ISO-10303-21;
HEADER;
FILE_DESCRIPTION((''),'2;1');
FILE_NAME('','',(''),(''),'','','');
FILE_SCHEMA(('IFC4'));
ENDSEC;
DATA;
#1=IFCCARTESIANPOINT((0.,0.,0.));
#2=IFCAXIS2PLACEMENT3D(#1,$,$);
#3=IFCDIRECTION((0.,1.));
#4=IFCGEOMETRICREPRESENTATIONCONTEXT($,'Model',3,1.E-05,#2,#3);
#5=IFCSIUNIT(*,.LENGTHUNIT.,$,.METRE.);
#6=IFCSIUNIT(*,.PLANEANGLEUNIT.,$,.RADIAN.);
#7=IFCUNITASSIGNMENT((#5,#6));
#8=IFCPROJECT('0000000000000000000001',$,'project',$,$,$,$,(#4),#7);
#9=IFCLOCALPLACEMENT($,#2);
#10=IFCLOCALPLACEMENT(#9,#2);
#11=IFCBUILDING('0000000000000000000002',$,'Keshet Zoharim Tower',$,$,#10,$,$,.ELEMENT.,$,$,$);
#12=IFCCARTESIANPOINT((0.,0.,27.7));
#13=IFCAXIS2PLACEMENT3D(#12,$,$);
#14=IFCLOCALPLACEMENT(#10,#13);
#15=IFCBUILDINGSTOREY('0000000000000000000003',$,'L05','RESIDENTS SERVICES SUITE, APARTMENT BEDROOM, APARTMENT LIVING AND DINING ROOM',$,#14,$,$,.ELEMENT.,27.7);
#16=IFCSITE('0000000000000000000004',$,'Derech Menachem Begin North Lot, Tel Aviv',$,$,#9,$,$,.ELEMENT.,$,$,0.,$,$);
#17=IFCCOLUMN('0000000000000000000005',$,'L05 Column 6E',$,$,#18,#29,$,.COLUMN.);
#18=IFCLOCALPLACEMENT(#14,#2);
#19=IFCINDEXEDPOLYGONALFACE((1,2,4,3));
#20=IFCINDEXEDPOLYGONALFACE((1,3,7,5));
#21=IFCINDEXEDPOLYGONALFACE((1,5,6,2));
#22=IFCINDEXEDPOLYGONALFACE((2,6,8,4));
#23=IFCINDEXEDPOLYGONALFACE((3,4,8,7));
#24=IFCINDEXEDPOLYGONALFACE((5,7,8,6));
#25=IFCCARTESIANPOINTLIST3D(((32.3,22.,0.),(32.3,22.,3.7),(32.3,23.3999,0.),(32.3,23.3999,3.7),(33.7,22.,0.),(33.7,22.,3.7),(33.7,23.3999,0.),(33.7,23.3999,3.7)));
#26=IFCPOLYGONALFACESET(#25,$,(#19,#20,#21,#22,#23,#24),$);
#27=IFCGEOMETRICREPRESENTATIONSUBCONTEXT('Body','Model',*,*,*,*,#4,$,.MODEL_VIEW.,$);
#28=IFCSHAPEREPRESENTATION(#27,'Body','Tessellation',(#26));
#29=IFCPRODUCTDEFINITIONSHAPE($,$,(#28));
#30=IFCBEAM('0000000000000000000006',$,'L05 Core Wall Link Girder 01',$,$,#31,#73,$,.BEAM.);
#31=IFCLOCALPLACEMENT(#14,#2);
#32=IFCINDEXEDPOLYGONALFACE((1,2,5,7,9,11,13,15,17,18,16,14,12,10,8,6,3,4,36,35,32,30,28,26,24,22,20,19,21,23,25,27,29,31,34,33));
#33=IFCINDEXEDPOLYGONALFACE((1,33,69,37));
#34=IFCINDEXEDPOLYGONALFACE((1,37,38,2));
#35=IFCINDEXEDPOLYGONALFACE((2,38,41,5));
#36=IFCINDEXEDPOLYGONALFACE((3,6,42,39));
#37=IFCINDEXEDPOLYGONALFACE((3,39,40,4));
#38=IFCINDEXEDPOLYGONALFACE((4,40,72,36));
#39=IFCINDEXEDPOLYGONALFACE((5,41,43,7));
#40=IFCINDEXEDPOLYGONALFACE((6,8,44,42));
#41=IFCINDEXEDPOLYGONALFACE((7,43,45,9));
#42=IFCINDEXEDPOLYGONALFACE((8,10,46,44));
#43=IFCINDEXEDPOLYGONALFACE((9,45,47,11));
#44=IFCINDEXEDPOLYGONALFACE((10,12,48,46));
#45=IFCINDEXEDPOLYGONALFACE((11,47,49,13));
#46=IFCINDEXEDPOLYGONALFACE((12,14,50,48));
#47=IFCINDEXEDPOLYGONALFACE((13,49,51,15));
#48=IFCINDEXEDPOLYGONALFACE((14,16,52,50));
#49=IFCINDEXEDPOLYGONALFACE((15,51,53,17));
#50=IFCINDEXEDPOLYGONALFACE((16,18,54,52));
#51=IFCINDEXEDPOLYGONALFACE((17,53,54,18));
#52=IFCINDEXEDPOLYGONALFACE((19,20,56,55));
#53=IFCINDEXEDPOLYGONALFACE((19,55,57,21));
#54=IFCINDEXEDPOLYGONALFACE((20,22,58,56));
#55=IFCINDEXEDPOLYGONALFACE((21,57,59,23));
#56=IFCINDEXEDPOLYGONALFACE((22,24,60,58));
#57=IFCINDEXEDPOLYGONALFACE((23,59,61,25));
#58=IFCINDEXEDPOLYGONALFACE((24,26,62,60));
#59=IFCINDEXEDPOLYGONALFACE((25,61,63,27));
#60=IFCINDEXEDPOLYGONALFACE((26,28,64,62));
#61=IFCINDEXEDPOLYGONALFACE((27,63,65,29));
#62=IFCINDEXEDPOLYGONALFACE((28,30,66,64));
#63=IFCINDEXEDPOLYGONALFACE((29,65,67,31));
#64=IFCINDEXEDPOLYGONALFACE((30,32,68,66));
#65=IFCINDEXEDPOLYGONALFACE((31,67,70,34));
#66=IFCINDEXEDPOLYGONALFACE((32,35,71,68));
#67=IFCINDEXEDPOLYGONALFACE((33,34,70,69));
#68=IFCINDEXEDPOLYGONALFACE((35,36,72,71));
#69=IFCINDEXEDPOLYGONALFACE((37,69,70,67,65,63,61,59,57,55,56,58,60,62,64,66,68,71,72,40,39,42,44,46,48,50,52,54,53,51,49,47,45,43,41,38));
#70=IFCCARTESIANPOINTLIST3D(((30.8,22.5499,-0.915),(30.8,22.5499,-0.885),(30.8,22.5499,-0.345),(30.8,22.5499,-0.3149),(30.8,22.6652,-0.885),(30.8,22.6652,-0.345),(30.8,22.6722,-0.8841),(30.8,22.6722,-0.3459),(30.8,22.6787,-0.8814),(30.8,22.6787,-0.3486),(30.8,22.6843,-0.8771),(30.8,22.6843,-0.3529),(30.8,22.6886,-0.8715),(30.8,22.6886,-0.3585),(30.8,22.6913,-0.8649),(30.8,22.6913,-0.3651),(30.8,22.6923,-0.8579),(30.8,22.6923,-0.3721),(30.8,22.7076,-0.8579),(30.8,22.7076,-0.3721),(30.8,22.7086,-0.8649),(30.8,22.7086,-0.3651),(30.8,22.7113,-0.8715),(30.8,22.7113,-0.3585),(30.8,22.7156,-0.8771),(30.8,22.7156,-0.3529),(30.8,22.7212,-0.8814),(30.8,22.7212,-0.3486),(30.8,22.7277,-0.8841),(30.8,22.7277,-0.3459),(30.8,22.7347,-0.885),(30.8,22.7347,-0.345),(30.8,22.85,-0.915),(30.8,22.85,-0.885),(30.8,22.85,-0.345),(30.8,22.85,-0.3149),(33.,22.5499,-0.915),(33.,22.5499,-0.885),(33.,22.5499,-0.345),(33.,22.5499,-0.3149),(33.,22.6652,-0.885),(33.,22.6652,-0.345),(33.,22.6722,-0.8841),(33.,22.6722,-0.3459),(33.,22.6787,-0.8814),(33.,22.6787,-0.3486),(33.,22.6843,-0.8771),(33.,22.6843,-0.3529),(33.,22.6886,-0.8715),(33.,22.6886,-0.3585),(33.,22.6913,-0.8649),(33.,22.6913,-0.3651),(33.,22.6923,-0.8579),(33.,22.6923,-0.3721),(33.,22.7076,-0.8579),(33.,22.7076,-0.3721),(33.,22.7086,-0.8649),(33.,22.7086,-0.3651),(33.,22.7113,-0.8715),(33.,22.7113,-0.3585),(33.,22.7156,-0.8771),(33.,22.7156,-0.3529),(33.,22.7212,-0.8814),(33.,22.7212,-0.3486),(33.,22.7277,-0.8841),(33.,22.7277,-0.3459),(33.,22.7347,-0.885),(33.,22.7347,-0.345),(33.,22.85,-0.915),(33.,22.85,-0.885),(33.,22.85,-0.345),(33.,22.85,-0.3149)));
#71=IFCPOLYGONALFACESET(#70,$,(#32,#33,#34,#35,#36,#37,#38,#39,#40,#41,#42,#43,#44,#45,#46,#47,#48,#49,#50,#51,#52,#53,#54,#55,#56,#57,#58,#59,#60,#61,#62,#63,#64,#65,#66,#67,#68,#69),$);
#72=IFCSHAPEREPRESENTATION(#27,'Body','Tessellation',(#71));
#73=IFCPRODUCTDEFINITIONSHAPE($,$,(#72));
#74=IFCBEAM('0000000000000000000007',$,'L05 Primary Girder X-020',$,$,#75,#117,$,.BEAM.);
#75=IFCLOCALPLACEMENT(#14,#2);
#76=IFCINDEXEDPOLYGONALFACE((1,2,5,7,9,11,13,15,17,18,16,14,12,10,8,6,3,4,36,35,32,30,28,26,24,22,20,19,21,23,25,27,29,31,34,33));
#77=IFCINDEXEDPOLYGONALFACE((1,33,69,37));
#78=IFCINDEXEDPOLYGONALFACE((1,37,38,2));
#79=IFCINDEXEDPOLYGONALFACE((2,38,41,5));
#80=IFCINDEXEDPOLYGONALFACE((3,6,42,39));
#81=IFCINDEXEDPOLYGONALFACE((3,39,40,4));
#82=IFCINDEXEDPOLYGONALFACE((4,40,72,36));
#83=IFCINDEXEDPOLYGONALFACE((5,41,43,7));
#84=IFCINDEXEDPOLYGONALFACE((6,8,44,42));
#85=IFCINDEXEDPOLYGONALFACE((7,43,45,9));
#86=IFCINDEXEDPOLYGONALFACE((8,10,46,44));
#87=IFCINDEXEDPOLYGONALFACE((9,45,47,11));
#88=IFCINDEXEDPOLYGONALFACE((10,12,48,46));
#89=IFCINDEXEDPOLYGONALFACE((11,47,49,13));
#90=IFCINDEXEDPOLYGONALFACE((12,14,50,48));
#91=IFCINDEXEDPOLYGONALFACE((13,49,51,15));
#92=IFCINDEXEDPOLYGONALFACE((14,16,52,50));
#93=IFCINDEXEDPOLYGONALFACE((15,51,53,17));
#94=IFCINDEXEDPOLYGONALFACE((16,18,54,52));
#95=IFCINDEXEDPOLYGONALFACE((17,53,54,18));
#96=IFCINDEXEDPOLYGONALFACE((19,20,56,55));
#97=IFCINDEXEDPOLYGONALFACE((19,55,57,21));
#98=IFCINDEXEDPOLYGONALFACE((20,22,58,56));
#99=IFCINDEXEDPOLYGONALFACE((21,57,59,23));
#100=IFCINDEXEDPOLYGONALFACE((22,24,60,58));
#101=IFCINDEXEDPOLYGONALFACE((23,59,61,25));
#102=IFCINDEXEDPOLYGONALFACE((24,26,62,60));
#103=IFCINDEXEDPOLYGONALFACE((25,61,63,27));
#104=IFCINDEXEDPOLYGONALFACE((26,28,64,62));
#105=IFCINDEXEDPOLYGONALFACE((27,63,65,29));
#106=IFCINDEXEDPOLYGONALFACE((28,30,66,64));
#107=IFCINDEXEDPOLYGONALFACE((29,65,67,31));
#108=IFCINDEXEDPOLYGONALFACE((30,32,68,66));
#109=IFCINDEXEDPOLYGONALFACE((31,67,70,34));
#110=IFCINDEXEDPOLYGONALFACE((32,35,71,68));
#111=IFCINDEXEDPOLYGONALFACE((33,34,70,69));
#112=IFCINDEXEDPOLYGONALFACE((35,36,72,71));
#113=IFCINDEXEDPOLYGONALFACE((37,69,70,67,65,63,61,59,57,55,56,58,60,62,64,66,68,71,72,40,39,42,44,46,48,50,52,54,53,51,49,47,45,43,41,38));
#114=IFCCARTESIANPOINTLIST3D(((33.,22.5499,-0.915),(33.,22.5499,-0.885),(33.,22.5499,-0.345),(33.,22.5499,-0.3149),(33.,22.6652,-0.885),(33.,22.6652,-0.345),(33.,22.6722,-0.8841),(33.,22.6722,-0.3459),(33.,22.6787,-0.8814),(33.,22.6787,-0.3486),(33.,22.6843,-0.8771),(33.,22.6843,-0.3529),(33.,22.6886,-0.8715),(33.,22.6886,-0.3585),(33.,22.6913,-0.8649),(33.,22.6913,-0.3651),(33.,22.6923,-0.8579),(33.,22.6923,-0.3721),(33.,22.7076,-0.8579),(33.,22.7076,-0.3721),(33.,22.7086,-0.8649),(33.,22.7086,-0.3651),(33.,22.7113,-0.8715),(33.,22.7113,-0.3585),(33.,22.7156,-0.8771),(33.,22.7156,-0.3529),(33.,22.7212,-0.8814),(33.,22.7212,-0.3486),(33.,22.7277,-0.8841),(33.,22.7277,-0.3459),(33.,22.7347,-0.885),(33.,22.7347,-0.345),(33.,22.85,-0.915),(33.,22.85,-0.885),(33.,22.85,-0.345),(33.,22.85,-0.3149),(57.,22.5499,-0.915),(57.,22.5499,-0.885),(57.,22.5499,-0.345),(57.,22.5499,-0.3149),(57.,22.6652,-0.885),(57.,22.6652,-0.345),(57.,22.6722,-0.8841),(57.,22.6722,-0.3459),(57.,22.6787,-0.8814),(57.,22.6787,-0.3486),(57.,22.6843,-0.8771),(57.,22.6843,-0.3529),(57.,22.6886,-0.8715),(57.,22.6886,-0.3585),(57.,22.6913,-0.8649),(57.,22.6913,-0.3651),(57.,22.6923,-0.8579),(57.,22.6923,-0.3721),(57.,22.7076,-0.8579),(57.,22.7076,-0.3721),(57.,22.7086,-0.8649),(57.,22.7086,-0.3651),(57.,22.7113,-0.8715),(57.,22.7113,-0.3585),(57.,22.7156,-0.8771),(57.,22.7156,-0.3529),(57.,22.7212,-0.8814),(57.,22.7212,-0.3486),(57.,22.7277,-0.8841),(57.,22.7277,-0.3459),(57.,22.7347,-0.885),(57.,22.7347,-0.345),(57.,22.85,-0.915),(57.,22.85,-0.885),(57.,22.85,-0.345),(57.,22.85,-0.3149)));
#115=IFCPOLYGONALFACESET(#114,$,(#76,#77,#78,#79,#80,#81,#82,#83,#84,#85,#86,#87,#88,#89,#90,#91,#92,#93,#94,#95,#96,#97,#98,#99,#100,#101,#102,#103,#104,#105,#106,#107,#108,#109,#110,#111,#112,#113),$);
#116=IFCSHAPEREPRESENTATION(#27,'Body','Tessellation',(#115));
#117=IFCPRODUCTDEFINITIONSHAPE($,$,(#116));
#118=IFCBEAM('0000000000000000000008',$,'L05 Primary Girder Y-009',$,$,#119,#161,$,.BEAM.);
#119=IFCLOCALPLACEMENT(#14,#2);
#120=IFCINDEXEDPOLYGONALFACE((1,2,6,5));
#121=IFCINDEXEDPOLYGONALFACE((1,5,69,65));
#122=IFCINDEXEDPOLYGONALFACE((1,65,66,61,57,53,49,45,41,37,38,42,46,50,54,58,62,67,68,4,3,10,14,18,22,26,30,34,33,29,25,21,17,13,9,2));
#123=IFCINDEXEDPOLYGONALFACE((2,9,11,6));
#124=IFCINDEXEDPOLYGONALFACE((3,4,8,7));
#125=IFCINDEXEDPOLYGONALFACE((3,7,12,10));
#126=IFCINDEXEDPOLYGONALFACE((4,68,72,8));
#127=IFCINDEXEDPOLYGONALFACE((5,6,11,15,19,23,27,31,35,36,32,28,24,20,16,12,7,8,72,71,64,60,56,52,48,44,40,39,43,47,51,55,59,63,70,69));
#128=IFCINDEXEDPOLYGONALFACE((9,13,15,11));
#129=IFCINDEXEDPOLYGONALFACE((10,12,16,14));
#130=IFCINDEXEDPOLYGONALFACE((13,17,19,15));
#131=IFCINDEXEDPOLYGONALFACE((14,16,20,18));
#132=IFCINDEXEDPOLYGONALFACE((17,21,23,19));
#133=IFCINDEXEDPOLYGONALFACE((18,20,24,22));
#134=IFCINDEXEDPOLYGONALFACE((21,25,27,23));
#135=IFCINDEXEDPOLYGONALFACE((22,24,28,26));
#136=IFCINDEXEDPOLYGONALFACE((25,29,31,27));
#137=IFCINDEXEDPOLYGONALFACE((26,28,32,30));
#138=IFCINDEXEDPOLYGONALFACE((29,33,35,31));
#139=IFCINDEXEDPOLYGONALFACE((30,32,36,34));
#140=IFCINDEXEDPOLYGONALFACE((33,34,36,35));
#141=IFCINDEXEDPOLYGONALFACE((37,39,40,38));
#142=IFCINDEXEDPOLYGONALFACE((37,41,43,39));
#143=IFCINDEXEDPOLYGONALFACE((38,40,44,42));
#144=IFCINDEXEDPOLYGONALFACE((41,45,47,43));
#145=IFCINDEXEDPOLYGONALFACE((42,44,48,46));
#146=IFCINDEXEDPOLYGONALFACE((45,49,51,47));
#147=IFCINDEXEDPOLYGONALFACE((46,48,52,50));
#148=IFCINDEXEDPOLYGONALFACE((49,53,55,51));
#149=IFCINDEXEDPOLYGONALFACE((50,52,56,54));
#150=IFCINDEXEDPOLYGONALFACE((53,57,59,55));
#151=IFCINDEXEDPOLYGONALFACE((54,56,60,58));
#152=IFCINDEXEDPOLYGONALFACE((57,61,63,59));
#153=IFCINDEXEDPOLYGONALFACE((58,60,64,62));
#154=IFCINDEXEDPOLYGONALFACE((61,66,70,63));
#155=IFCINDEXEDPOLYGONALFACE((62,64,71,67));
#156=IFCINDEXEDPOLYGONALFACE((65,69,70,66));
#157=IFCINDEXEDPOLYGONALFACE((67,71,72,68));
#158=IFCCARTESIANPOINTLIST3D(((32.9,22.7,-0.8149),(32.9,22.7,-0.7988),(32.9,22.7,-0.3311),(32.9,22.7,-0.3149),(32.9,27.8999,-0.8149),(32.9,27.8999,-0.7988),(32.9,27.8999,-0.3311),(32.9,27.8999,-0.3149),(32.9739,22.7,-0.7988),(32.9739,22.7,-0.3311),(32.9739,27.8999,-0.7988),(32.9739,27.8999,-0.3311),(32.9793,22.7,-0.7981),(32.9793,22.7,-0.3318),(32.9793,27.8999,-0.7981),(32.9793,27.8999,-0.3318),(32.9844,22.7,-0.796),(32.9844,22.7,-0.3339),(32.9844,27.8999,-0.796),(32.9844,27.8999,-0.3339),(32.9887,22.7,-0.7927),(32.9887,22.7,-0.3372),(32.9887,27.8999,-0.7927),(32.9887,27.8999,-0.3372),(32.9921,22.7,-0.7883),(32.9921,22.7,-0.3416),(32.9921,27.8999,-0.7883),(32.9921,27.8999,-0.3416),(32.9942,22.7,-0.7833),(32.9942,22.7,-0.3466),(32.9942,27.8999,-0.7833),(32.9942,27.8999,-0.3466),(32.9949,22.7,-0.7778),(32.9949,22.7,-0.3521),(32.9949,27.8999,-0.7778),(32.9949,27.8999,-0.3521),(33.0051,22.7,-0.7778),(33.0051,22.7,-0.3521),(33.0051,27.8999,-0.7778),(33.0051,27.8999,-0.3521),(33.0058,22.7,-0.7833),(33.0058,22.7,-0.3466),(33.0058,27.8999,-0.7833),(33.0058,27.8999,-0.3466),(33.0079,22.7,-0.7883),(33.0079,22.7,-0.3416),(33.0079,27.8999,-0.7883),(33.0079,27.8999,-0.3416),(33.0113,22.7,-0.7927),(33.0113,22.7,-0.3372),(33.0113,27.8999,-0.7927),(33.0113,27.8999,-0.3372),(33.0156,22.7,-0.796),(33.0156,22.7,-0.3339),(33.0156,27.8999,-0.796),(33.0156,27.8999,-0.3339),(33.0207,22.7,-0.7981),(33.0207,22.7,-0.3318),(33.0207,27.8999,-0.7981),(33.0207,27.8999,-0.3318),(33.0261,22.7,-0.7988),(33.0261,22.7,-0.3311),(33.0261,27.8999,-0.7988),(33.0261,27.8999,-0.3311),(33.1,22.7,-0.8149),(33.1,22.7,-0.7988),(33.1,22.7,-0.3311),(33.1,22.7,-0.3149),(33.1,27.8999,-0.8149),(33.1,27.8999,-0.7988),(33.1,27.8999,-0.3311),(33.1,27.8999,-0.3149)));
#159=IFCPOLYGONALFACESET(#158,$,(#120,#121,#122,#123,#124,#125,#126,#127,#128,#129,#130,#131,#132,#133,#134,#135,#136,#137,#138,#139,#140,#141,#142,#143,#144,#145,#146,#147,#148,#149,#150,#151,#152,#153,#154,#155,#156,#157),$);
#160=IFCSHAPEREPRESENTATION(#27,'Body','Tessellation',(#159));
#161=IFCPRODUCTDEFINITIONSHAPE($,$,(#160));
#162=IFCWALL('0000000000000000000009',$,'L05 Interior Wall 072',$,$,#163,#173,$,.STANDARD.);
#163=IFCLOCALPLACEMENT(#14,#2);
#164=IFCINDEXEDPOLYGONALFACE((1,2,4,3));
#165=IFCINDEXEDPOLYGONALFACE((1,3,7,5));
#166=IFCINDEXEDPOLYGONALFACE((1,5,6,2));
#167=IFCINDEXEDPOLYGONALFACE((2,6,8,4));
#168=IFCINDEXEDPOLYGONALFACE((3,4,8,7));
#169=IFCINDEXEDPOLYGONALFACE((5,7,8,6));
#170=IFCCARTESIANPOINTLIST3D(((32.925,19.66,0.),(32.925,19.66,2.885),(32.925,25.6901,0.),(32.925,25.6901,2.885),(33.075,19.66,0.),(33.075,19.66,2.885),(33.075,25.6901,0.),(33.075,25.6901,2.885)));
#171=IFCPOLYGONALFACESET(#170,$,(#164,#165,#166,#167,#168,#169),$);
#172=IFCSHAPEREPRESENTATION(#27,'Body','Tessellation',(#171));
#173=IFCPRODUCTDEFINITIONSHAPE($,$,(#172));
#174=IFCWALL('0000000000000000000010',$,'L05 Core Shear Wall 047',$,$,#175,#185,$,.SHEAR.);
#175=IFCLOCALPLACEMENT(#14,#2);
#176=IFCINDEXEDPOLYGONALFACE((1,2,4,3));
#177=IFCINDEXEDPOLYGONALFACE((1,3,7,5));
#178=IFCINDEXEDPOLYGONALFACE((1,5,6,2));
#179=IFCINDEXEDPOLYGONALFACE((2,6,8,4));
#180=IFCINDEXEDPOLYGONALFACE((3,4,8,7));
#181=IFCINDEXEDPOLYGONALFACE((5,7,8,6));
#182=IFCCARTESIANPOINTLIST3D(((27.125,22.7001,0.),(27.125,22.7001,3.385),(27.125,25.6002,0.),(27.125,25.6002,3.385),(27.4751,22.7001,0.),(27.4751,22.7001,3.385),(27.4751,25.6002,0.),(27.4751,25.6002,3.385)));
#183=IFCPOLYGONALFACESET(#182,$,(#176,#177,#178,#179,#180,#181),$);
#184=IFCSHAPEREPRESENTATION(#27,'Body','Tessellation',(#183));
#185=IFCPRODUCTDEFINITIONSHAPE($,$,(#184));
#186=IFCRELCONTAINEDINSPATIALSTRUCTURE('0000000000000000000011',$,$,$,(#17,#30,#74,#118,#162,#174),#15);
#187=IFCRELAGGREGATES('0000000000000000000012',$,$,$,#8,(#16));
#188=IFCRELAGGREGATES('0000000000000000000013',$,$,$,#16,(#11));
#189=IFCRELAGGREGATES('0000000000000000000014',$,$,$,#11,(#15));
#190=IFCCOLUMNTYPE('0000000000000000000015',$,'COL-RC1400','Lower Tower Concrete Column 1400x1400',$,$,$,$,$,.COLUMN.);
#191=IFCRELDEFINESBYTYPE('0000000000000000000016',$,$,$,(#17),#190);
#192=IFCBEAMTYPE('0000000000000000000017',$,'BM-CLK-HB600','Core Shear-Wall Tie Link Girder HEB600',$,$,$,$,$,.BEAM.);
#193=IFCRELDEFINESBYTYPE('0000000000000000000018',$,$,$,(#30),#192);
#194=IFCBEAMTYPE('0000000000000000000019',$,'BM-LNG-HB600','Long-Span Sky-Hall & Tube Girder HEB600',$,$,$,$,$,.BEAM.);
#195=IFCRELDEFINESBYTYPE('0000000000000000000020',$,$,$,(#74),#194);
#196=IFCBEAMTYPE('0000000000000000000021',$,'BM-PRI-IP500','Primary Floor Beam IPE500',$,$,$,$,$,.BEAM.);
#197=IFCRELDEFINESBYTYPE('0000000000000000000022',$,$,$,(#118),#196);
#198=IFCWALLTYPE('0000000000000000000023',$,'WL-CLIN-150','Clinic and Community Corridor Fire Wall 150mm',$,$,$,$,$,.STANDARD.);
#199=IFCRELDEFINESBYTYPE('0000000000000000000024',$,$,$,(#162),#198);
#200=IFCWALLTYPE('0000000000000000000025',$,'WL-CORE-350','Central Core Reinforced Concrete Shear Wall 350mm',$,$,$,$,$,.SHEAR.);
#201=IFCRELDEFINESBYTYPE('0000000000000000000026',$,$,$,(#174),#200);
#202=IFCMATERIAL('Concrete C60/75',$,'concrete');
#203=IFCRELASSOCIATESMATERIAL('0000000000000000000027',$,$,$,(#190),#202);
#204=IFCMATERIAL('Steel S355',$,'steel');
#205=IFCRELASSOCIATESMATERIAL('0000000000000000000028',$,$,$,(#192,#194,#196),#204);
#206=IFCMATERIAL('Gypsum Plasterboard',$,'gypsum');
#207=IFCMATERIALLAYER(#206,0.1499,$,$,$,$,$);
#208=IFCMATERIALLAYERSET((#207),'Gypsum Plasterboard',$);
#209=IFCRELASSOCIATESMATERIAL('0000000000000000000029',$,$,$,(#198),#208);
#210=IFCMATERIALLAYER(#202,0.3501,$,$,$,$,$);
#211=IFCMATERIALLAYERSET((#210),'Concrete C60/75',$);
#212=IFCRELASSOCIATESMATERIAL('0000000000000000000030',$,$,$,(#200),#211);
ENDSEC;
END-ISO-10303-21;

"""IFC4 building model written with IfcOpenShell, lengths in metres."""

from ifc_helpers import new_model, si_unit, direction, frame, frame_2d, origin, origin_2d, place, context, subcontext, project, spatial, rectangle, i_section, extrude, material, layer, layer_set, material_profile, profile_set, type_object, element, save


model = new_model("IFC4")

# Units and contexts
model_context = context("Model", 3, precision=1e-05, world=origin(), true_north=direction((0.0, 1.0)))
body_context = subcontext(model_context, "Body", "Model", "MODEL_VIEW")
ifc_project = project(units=[si_unit("LENGTHUNIT", "METRE"), si_unit("PLANEANGLEUNIT", "RADIAN")], contexts=[model_context])

# Site, building, storey
site_placement = place(None, origin())
site = spatial("IfcSite", under=ifc_project, at=site_placement, Name="Derech Menachem Begin North Lot, Tel Aviv", CompositionType="ELEMENT", RefElevation=0.0)
building_placement = place(site_placement, origin())
building = spatial("IfcBuilding", under=site, at=building_placement, Name="Keshet Zoharim Tower", CompositionType="ELEMENT")
storey_placement = place(building_placement, frame((0.0, 0.0, 27.7)))
storey = spatial("IfcBuildingStorey", under=building, at=storey_placement, Name="L05", Description="RESIDENTS SERVICES SUITE, APARTMENT BEDROOM, APARTMENT LIVING AND DINING ROOM", CompositionType="ELEMENT", Elevation=27.7)

# Column
ifc_material_1 = material(Name="Concrete C60/75", Category="concrete")
ifc_material_profile_1 = material_profile(ifc_material_1, rectangle(XDim=1.3999, YDim=1.3999, at=origin_2d()), Name="RC1400x1400")
ifc_profile_set_1 = profile_set([ifc_material_profile_1], Name="Concrete C60/75")
column_type = type_object("IfcColumnType", Name="COL-RC1400", Description="Lower Tower Concrete Column 1400x1400", PredefinedType="COLUMN", material=ifc_profile_set_1)
column_placement = place(storey_placement, frame((33.0, 22.7, 0.0), z_axis=(0.0, 0.0, 1.0), x_axis=(1.0, 0.0, 0.0)))
element("IfcColumn", 1, at=column_placement, inside=storey, type_object=column_type, Name="L05 Column 6E", PredefinedType="COLUMN", context=body_context, shape_type="SweptSolid", body=[
    extrude(rectangle(XDim=1.3999, YDim=1.3999, at=origin_2d()), origin(), (0.0, 0.0, 1.0), 3.7),
])

# Beams
ifc_material_2 = material(Name="Steel S355", Category="steel")
ifc_material_profile_2 = material_profile(ifc_material_2, i_section(OverallWidth=0.3, OverallDepth=0.6001, WebThickness=0.0154, FlangeThickness=0.03, FilletRadius=0.0271, at=origin_2d()), Name="HEB600")
ifc_profile_set_2 = profile_set([ifc_material_profile_2], Name="Steel S355")
beam_type_1 = type_object("IfcBeamType", Name="BM-CLK-HB600", Description="Core Shear-Wall Tie Link Girder HEB600", PredefinedType="BEAM", material=ifc_profile_set_2)
beam_1_placement = place(storey_placement, frame((30.8, 22.7, -0.615), z_axis=(1.0, 0.0, 0.0), x_axis=(0.0, 1.0, 0.0)))
element("IfcBeam", 2, at=beam_1_placement, inside=storey, type_object=beam_type_1, Name="L05 Core Wall Link Girder 01", PredefinedType="BEAM", context=body_context, shape_type="SweptSolid", body=[
    extrude(i_section(OverallWidth=0.3, OverallDepth=0.6001, WebThickness=0.0154, FlangeThickness=0.03, FilletRadius=0.0271, at=origin_2d()), origin(), (0.0, 0.0, 1.0), 2.2),
])
ifc_material_profile_3 = material_profile(ifc_material_2, i_section(OverallWidth=0.3, OverallDepth=0.6001, WebThickness=0.0154, FlangeThickness=0.03, FilletRadius=0.0271, at=origin_2d()), Name="HEB600")
ifc_profile_set_3 = profile_set([ifc_material_profile_3], Name="Steel S355")
beam_type_2 = type_object("IfcBeamType", Name="BM-LNG-HB600", Description="Long-Span Sky-Hall & Tube Girder HEB600", PredefinedType="BEAM", material=ifc_profile_set_3)
beam_2_placement = place(storey_placement, frame((33.0, 22.7, -0.615), z_axis=(1.0, 0.0, 0.0), x_axis=(0.0, 1.0, 0.0)))
element("IfcBeam", 3, at=beam_2_placement, inside=storey, type_object=beam_type_2, Name="L05 Primary Girder X-020", PredefinedType="BEAM", context=body_context, shape_type="SweptSolid", body=[
    extrude(i_section(OverallWidth=0.3, OverallDepth=0.6001, WebThickness=0.0154, FlangeThickness=0.03, FilletRadius=0.0271, at=origin_2d()), origin(), (0.0, 0.0, 1.0), 24.0),
])
ifc_material_profile_4 = material_profile(ifc_material_2, i_section(OverallWidth=0.2, OverallDepth=0.5, WebThickness=0.0103, FlangeThickness=0.0161, FilletRadius=0.021, at=origin_2d()), Name="IPE500")
ifc_profile_set_4 = profile_set([ifc_material_profile_4], Name="Steel S355")
beam_type_3 = type_object("IfcBeamType", Name="BM-PRI-IP500", Description="Primary Floor Beam IPE500", PredefinedType="BEAM", material=ifc_profile_set_4)
beam_3_placement = place(storey_placement, frame((33.0, 22.7, -0.5649), z_axis=(0.0, 1.0, 0.0), x_axis=(-1.0, 0.0, 0.0)))
element("IfcBeam", 4, at=beam_3_placement, inside=storey, type_object=beam_type_3, Name="L05 Primary Girder Y-009", PredefinedType="BEAM", context=body_context, shape_type="SweptSolid", body=[
    extrude(i_section(OverallWidth=0.2, OverallDepth=0.5, WebThickness=0.0103, FlangeThickness=0.0161, FilletRadius=0.021, at=origin_2d()), origin(), (0.0, 0.0, 1.0), 5.2),
])

# Wall
ifc_material_3 = material(Name="Gypsum Plasterboard", Category="gypsum")
ifc_layer_1 = layer(ifc_material_3, 0.1499)
ifc_layer_set_1 = layer_set([ifc_layer_1], Name="Gypsum Plasterboard")
wall_type_1 = type_object("IfcWallType", Name="WL-CLIN-150", Description="Clinic and Community Corridor Fire Wall 150mm", PredefinedType="STANDARD", material=ifc_layer_set_1)
wall_1_placement = place(storey_placement, frame((33.0, 19.6599, 0.0), z_axis=(0.0, 0.0, 1.0), x_axis=(0.0, 1.0, 0.0)))
element("IfcWall", 5, at=wall_1_placement, inside=storey, type_object=wall_type_1, Name="L05 Interior Wall 072", PredefinedType="STANDARD", context=body_context, shape_type="SweptSolid", body=[
    extrude(rectangle(XDim=6.03, YDim=0.1499, at=frame_2d((3.0151, 0.0))), origin(), (0.0, 0.0, 1.0), 2.885),
])

# Shared definitions
ifc_layer_2 = layer(ifc_material_1, 0.3501)
ifc_layer_set_2 = layer_set([ifc_layer_2], Name="Concrete C60/75")
wall_type_2 = type_object("IfcWallType", Name="WL-CORE-350", Description="Central Core Reinforced Concrete Shear Wall 350mm", PredefinedType="SHEAR", material=ifc_layer_set_2)

# Wall
wall_2_placement = place(storey_placement, frame((27.3, 22.7, 0.0), z_axis=(0.0, 0.0, 1.0), x_axis=(0.0, 1.0, 0.0)))
element("IfcWall", 6, at=wall_2_placement, inside=storey, type_object=wall_type_2, Name="L05 Core Shear Wall 047", PredefinedType="SHEAR", context=body_context, shape_type="SweptSolid", body=[
    extrude(rectangle(XDim=2.9001, YDim=0.3501, at=frame_2d((1.4502, 0.0))), origin(), (0.0, 0.0, 1.0), 3.385),
])

save(model, "model.ifc")
